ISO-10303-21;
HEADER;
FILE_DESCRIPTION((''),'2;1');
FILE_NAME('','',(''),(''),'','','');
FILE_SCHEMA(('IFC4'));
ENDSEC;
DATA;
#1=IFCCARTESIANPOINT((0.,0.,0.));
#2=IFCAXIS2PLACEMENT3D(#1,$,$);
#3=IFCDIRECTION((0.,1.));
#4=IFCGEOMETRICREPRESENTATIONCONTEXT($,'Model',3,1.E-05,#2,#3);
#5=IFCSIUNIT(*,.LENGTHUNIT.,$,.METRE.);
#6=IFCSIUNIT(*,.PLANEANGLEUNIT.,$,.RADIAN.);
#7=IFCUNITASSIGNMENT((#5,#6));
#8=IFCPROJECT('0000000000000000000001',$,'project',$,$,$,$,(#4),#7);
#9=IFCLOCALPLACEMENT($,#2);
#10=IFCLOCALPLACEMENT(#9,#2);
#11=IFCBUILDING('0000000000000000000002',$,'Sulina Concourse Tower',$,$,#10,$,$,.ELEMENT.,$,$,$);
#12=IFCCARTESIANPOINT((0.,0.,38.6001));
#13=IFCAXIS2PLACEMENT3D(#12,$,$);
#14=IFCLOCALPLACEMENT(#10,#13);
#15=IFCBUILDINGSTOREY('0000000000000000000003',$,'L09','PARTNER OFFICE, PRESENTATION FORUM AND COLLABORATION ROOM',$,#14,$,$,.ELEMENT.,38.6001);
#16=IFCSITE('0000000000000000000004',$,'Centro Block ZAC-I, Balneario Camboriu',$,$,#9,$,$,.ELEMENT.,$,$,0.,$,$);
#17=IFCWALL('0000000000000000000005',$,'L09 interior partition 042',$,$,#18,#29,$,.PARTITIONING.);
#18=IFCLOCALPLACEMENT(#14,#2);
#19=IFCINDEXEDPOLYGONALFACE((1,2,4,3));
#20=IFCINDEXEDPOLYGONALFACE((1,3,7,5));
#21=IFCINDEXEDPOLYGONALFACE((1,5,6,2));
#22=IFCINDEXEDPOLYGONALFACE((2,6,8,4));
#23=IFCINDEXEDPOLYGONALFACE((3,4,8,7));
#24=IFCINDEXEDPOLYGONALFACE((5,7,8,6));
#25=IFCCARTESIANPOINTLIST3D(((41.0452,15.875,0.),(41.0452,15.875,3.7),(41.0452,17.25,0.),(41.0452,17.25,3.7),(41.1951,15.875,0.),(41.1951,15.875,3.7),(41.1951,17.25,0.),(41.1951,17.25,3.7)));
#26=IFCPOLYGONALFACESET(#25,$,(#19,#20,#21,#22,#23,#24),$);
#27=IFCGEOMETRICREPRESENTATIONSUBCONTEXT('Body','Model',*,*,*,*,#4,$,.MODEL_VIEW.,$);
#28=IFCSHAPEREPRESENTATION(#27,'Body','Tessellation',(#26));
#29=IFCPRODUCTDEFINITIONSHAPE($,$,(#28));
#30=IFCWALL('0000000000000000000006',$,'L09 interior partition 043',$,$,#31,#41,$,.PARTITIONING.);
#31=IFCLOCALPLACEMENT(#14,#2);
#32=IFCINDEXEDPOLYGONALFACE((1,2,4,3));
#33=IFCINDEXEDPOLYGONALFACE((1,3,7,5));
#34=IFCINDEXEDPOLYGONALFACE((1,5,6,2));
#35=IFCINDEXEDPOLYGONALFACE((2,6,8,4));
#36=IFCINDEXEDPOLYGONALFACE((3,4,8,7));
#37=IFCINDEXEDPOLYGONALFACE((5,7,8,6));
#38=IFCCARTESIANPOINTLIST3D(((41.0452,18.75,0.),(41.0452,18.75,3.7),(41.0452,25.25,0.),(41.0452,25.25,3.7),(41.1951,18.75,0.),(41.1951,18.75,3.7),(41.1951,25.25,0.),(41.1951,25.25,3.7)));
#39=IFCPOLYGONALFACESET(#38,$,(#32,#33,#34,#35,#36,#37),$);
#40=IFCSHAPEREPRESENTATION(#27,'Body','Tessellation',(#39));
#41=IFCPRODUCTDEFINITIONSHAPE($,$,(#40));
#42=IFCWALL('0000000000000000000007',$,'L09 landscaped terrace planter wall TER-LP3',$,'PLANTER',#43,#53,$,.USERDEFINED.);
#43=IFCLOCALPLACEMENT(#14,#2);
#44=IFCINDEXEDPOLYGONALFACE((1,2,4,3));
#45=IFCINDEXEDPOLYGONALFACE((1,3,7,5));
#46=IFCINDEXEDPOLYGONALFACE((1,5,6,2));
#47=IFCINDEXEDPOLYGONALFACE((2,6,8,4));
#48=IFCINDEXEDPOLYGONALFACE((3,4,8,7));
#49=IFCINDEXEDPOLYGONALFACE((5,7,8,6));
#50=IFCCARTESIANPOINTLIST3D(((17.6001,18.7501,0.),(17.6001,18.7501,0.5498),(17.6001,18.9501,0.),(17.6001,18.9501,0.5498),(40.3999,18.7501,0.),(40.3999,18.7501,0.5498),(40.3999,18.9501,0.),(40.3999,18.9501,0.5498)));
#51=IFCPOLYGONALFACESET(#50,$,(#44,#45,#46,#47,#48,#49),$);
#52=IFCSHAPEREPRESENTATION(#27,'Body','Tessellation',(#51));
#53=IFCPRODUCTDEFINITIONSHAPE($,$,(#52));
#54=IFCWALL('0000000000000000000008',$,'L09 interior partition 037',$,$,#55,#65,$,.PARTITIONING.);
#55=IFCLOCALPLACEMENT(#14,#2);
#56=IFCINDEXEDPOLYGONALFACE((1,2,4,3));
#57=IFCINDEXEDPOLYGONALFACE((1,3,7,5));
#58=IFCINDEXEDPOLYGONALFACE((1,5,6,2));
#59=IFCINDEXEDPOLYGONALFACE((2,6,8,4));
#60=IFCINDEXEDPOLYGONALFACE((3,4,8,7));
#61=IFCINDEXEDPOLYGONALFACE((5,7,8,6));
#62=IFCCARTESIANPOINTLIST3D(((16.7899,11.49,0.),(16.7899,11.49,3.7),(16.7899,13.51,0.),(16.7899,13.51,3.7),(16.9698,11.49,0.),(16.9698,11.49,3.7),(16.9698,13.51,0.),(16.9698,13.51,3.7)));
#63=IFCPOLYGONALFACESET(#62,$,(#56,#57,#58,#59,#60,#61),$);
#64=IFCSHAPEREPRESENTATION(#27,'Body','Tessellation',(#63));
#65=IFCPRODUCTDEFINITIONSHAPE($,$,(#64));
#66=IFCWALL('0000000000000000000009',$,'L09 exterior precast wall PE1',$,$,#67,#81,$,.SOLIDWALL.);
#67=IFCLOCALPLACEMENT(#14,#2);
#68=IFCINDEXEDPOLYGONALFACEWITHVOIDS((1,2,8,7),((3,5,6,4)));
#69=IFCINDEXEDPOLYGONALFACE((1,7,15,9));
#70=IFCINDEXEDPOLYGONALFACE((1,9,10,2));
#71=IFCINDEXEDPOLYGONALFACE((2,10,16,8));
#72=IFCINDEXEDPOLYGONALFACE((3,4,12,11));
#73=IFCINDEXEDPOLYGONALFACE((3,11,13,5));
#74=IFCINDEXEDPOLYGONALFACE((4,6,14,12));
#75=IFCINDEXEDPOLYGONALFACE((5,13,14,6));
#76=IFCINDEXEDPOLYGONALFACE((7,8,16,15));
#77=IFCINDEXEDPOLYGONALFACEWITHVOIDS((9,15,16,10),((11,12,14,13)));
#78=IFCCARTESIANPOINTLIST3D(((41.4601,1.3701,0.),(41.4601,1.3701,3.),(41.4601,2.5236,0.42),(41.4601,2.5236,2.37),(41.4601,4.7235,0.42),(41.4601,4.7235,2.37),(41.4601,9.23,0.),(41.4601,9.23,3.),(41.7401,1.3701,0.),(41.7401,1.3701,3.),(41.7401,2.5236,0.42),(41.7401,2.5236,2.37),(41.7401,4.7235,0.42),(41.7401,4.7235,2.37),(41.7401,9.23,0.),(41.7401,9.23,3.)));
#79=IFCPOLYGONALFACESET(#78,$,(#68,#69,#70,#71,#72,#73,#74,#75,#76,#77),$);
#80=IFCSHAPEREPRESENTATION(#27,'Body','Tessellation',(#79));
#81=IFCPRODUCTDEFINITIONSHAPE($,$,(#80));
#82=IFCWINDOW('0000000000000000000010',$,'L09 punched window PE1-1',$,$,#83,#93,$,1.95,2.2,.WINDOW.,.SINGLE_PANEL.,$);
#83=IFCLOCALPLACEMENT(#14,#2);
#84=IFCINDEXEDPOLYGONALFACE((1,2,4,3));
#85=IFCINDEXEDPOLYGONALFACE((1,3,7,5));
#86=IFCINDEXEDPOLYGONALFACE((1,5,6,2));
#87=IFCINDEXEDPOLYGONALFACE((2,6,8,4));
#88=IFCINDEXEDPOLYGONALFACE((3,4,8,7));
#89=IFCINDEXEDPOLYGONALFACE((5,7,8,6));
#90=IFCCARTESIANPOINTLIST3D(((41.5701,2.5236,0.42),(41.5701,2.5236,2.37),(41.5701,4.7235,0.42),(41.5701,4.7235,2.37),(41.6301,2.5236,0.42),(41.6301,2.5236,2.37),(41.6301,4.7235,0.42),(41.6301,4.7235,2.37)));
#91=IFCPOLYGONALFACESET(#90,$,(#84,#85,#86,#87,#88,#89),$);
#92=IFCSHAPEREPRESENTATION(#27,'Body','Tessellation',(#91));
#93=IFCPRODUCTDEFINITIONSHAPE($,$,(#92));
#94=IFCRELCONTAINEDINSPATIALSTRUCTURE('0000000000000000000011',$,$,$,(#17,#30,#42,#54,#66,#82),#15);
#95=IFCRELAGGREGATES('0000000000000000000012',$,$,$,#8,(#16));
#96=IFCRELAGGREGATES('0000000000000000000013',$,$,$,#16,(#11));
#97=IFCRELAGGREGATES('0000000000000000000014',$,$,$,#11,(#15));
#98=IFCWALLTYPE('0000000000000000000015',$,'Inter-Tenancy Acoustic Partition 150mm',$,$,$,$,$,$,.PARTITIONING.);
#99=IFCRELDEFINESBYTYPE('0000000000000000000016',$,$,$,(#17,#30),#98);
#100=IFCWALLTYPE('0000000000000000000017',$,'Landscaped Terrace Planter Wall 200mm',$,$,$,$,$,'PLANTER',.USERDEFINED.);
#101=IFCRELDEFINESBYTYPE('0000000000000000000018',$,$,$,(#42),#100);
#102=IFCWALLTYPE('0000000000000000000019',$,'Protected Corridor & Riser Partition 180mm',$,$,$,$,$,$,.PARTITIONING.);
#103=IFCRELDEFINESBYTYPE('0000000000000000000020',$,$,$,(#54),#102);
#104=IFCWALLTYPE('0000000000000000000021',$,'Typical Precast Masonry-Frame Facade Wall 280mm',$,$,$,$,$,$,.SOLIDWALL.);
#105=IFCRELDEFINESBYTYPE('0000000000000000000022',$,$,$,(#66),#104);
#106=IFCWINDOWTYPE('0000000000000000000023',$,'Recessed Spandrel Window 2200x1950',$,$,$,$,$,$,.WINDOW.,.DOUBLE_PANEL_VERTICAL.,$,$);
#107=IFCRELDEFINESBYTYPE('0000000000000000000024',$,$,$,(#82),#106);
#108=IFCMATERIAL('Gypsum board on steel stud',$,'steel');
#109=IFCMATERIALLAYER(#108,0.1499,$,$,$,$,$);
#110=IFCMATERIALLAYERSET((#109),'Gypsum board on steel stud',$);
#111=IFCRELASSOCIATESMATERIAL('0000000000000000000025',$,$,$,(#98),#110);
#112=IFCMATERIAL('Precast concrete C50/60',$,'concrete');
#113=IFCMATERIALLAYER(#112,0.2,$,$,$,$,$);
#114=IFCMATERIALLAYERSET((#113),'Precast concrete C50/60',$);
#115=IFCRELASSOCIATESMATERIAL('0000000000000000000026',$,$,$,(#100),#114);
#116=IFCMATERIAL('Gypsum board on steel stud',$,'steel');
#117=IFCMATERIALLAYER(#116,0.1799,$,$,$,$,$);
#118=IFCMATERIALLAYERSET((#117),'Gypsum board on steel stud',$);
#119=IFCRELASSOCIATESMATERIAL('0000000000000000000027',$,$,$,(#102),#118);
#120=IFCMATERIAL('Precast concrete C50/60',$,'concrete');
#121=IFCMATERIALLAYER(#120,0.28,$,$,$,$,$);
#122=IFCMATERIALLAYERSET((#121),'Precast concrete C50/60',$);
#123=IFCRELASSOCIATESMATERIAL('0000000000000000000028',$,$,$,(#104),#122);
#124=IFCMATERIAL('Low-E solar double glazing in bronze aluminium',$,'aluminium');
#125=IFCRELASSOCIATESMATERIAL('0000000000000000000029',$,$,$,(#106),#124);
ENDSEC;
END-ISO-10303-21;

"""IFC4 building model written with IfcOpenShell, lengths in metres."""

from ifc_helpers import new_model, si_unit, direction, frame, frame_2d, origin, place, context, subcontext, project, spatial, rectangle, extrude, material, layer, layer_set, type_object, element, fill, save


model = new_model("IFC4")

# Units and contexts
model_context = context("Model", 3, precision=1e-05, world=origin(), true_north=direction((0.0, 1.0)))
body_context = subcontext(model_context, "Body", "Model", "MODEL_VIEW")
ifc_project = project(units=[si_unit("LENGTHUNIT", "METRE"), si_unit("PLANEANGLEUNIT", "RADIAN")], contexts=[model_context])

# Site, building, storey
site_placement = place(None, origin())
site = spatial("IfcSite", under=ifc_project, at=site_placement, Name="Centro Block ZAC-I, Balneario Camboriu", CompositionType="ELEMENT", RefElevation=0.0)
building_placement = place(site_placement, origin())
building = spatial("IfcBuilding", under=site, at=building_placement, Name="Sulina Concourse Tower", CompositionType="ELEMENT")
storey_placement = place(building_placement, frame((0.0, 0.0, 38.6001)))
storey = spatial("IfcBuildingStorey", under=building, at=storey_placement, Name="L09", Description="PARTNER OFFICE, PRESENTATION FORUM AND COLLABORATION ROOM", CompositionType="ELEMENT", Elevation=38.6001)

# Walls
ifc_material_1 = material(Name="Gypsum board on steel stud", Category="steel")
ifc_layer_1 = layer(ifc_material_1, 0.1499)
ifc_layer_set_1 = layer_set([ifc_layer_1], Name="Gypsum board on steel stud")
wall_type_1 = type_object("IfcWallType", Name="Inter-Tenancy Acoustic Partition 150mm", PredefinedType="PARTITIONING", material=ifc_layer_set_1)
wall_1_placement = place(storey_placement, frame((41.1201, 15.875, 0.0), z_axis=(0.0, 0.0, 1.0), x_axis=(0.0, 1.0, 0.0)))
element("IfcWall", 1, at=wall_1_placement, inside=storey, type_object=wall_type_1, Name="L09 interior partition 042", PredefinedType="PARTITIONING", context=body_context, shape_type="SweptSolid", body=[
    extrude(rectangle(XDim=1.375, YDim=0.1499, at=frame_2d((0.6875, 0.0))), origin(), (0.0, 0.0, 1.0), 3.7),
])
wall_2_placement = place(storey_placement, frame((41.1201, 18.75, 0.0), z_axis=(0.0, 0.0, 1.0), x_axis=(0.0, 1.0, 0.0)))
element("IfcWall", 2, at=wall_2_placement, inside=storey, type_object=wall_type_1, Name="L09 interior partition 043", PredefinedType="PARTITIONING", context=body_context, shape_type="SweptSolid", body=[
    extrude(rectangle(XDim=6.5, YDim=0.1499, at=frame_2d((3.25, 0.0))), origin(), (0.0, 0.0, 1.0), 3.7),
])
ifc_material_2 = material(Name="Precast concrete C50/60", Category="concrete")
ifc_layer_2 = layer(ifc_material_2, 0.2)
ifc_layer_set_2 = layer_set([ifc_layer_2], Name="Precast concrete C50/60")
wall_type_2 = type_object("IfcWallType", Name="Landscaped Terrace Planter Wall 200mm", ElementType="PLANTER", PredefinedType="USERDEFINED", material=ifc_layer_set_2)
wall_3_placement = place(storey_placement, frame((17.6001, 18.8501, 0.0), z_axis=(0.0, 0.0, 1.0), x_axis=(1.0, 0.0, 0.0)))
element("IfcWall", 3, at=wall_3_placement, inside=storey, type_object=wall_type_2, Name="L09 landscaped terrace planter wall TER-LP3", ObjectType="PLANTER", PredefinedType="USERDEFINED", context=body_context, shape_type="SweptSolid", body=[
    extrude(rectangle(XDim=22.7998, YDim=0.2, at=frame_2d((11.3999, 0.0))), origin(), (0.0, 0.0, 1.0), 0.5498),
])
ifc_material_3 = material(Name="Gypsum board on steel stud", Category="steel")
ifc_layer_3 = layer(ifc_material_3, 0.1799)
ifc_layer_set_3 = layer_set([ifc_layer_3], Name="Gypsum board on steel stud")
wall_type_3 = type_object("IfcWallType", Name="Protected Corridor & Riser Partition 180mm", PredefinedType="PARTITIONING", material=ifc_layer_set_3)
wall_4_placement = place(storey_placement, frame((16.8799, 11.49, 0.0), z_axis=(0.0, 0.0, 1.0), x_axis=(0.0, 1.0, 0.0)))
element("IfcWall", 4, at=wall_4_placement, inside=storey, type_object=wall_type_3, Name="L09 interior partition 037", PredefinedType="PARTITIONING", context=body_context, shape_type="SweptSolid", body=[
    extrude(rectangle(XDim=2.02, YDim=0.1799, at=frame_2d((1.01, 0.0))), origin(), (0.0, 0.0, 1.0), 3.7),
])

# Wall, opening, window
ifc_material_4 = material(Name="Precast concrete C50/60", Category="concrete")
ifc_layer_4 = layer(ifc_material_4, 0.28)
ifc_layer_set_4 = layer_set([ifc_layer_4], Name="Precast concrete C50/60")
wall_type_4 = type_object("IfcWallType", Name="Typical Precast Masonry-Frame Facade Wall 280mm", PredefinedType="SOLIDWALL", material=ifc_layer_set_4)
wall_5_placement = place(storey_placement, frame((41.6001, 1.3701, 0.0), z_axis=(0.0, 0.0, 1.0), x_axis=(0.0, 1.0, 0.0)))
wall_5 = element("IfcWall", 5, at=wall_5_placement, inside=storey, type_object=wall_type_4, Name="L09 exterior precast wall PE1", PredefinedType="SOLIDWALL", context=body_context, shape_type="SweptSolid", body=[
    extrude(rectangle(XDim=7.8599, YDim=0.28, at=frame_2d((3.9299, 0.0))), origin(), (0.0, 0.0, 1.0), 3.0),
])
opening_placement = place(wall_5_placement, frame((1.1533, 0.0, 0.4199)))
opening = element("IfcOpeningElement", 6, at=opening_placement, cuts=wall_5, PredefinedType="OPENING", context=body_context, shape_type="SweptSolid", body=[
    extrude(rectangle(XDim=2.2, YDim=1.95, at=frame_2d((1.1001, 0.9751))), frame((0.0, 0.1499, 0.0), z_axis=(0.0, -1.0, 0.0), x_axis=(1.0, 0.0, 0.0)), (0.0, 0.0, 1.0), 0.3),
])
ifc_material_5 = material(Name="Low-E solar double glazing in bronze aluminium", Category="aluminium")
window_type = type_object("IfcWindowType", Name="Recessed Spandrel Window 2200x1950", PartitioningType="DOUBLE_PANEL_VERTICAL", PredefinedType="WINDOW", material=ifc_material_5)
window_placement = place(opening_placement, origin())
window = element("IfcWindow", 7, at=window_placement, inside=storey, type_object=window_type, Name="L09 punched window PE1-1", OverallHeight=1.95, OverallWidth=2.2, PartitioningType="SINGLE_PANEL", PredefinedType="WINDOW", context=body_context, shape_type="SweptSolid", body=[
    extrude(rectangle(XDim=2.2, YDim=1.95, at=frame_2d((1.1001, 0.9751))), frame((0.0, 0.03, 0.0), z_axis=(0.0, -1.0, 0.0), x_axis=(1.0, 0.0, 0.0)), (0.0, 0.0, 1.0), 0.0601),
])
fill(opening, window)

save(model, "model.ifc")
